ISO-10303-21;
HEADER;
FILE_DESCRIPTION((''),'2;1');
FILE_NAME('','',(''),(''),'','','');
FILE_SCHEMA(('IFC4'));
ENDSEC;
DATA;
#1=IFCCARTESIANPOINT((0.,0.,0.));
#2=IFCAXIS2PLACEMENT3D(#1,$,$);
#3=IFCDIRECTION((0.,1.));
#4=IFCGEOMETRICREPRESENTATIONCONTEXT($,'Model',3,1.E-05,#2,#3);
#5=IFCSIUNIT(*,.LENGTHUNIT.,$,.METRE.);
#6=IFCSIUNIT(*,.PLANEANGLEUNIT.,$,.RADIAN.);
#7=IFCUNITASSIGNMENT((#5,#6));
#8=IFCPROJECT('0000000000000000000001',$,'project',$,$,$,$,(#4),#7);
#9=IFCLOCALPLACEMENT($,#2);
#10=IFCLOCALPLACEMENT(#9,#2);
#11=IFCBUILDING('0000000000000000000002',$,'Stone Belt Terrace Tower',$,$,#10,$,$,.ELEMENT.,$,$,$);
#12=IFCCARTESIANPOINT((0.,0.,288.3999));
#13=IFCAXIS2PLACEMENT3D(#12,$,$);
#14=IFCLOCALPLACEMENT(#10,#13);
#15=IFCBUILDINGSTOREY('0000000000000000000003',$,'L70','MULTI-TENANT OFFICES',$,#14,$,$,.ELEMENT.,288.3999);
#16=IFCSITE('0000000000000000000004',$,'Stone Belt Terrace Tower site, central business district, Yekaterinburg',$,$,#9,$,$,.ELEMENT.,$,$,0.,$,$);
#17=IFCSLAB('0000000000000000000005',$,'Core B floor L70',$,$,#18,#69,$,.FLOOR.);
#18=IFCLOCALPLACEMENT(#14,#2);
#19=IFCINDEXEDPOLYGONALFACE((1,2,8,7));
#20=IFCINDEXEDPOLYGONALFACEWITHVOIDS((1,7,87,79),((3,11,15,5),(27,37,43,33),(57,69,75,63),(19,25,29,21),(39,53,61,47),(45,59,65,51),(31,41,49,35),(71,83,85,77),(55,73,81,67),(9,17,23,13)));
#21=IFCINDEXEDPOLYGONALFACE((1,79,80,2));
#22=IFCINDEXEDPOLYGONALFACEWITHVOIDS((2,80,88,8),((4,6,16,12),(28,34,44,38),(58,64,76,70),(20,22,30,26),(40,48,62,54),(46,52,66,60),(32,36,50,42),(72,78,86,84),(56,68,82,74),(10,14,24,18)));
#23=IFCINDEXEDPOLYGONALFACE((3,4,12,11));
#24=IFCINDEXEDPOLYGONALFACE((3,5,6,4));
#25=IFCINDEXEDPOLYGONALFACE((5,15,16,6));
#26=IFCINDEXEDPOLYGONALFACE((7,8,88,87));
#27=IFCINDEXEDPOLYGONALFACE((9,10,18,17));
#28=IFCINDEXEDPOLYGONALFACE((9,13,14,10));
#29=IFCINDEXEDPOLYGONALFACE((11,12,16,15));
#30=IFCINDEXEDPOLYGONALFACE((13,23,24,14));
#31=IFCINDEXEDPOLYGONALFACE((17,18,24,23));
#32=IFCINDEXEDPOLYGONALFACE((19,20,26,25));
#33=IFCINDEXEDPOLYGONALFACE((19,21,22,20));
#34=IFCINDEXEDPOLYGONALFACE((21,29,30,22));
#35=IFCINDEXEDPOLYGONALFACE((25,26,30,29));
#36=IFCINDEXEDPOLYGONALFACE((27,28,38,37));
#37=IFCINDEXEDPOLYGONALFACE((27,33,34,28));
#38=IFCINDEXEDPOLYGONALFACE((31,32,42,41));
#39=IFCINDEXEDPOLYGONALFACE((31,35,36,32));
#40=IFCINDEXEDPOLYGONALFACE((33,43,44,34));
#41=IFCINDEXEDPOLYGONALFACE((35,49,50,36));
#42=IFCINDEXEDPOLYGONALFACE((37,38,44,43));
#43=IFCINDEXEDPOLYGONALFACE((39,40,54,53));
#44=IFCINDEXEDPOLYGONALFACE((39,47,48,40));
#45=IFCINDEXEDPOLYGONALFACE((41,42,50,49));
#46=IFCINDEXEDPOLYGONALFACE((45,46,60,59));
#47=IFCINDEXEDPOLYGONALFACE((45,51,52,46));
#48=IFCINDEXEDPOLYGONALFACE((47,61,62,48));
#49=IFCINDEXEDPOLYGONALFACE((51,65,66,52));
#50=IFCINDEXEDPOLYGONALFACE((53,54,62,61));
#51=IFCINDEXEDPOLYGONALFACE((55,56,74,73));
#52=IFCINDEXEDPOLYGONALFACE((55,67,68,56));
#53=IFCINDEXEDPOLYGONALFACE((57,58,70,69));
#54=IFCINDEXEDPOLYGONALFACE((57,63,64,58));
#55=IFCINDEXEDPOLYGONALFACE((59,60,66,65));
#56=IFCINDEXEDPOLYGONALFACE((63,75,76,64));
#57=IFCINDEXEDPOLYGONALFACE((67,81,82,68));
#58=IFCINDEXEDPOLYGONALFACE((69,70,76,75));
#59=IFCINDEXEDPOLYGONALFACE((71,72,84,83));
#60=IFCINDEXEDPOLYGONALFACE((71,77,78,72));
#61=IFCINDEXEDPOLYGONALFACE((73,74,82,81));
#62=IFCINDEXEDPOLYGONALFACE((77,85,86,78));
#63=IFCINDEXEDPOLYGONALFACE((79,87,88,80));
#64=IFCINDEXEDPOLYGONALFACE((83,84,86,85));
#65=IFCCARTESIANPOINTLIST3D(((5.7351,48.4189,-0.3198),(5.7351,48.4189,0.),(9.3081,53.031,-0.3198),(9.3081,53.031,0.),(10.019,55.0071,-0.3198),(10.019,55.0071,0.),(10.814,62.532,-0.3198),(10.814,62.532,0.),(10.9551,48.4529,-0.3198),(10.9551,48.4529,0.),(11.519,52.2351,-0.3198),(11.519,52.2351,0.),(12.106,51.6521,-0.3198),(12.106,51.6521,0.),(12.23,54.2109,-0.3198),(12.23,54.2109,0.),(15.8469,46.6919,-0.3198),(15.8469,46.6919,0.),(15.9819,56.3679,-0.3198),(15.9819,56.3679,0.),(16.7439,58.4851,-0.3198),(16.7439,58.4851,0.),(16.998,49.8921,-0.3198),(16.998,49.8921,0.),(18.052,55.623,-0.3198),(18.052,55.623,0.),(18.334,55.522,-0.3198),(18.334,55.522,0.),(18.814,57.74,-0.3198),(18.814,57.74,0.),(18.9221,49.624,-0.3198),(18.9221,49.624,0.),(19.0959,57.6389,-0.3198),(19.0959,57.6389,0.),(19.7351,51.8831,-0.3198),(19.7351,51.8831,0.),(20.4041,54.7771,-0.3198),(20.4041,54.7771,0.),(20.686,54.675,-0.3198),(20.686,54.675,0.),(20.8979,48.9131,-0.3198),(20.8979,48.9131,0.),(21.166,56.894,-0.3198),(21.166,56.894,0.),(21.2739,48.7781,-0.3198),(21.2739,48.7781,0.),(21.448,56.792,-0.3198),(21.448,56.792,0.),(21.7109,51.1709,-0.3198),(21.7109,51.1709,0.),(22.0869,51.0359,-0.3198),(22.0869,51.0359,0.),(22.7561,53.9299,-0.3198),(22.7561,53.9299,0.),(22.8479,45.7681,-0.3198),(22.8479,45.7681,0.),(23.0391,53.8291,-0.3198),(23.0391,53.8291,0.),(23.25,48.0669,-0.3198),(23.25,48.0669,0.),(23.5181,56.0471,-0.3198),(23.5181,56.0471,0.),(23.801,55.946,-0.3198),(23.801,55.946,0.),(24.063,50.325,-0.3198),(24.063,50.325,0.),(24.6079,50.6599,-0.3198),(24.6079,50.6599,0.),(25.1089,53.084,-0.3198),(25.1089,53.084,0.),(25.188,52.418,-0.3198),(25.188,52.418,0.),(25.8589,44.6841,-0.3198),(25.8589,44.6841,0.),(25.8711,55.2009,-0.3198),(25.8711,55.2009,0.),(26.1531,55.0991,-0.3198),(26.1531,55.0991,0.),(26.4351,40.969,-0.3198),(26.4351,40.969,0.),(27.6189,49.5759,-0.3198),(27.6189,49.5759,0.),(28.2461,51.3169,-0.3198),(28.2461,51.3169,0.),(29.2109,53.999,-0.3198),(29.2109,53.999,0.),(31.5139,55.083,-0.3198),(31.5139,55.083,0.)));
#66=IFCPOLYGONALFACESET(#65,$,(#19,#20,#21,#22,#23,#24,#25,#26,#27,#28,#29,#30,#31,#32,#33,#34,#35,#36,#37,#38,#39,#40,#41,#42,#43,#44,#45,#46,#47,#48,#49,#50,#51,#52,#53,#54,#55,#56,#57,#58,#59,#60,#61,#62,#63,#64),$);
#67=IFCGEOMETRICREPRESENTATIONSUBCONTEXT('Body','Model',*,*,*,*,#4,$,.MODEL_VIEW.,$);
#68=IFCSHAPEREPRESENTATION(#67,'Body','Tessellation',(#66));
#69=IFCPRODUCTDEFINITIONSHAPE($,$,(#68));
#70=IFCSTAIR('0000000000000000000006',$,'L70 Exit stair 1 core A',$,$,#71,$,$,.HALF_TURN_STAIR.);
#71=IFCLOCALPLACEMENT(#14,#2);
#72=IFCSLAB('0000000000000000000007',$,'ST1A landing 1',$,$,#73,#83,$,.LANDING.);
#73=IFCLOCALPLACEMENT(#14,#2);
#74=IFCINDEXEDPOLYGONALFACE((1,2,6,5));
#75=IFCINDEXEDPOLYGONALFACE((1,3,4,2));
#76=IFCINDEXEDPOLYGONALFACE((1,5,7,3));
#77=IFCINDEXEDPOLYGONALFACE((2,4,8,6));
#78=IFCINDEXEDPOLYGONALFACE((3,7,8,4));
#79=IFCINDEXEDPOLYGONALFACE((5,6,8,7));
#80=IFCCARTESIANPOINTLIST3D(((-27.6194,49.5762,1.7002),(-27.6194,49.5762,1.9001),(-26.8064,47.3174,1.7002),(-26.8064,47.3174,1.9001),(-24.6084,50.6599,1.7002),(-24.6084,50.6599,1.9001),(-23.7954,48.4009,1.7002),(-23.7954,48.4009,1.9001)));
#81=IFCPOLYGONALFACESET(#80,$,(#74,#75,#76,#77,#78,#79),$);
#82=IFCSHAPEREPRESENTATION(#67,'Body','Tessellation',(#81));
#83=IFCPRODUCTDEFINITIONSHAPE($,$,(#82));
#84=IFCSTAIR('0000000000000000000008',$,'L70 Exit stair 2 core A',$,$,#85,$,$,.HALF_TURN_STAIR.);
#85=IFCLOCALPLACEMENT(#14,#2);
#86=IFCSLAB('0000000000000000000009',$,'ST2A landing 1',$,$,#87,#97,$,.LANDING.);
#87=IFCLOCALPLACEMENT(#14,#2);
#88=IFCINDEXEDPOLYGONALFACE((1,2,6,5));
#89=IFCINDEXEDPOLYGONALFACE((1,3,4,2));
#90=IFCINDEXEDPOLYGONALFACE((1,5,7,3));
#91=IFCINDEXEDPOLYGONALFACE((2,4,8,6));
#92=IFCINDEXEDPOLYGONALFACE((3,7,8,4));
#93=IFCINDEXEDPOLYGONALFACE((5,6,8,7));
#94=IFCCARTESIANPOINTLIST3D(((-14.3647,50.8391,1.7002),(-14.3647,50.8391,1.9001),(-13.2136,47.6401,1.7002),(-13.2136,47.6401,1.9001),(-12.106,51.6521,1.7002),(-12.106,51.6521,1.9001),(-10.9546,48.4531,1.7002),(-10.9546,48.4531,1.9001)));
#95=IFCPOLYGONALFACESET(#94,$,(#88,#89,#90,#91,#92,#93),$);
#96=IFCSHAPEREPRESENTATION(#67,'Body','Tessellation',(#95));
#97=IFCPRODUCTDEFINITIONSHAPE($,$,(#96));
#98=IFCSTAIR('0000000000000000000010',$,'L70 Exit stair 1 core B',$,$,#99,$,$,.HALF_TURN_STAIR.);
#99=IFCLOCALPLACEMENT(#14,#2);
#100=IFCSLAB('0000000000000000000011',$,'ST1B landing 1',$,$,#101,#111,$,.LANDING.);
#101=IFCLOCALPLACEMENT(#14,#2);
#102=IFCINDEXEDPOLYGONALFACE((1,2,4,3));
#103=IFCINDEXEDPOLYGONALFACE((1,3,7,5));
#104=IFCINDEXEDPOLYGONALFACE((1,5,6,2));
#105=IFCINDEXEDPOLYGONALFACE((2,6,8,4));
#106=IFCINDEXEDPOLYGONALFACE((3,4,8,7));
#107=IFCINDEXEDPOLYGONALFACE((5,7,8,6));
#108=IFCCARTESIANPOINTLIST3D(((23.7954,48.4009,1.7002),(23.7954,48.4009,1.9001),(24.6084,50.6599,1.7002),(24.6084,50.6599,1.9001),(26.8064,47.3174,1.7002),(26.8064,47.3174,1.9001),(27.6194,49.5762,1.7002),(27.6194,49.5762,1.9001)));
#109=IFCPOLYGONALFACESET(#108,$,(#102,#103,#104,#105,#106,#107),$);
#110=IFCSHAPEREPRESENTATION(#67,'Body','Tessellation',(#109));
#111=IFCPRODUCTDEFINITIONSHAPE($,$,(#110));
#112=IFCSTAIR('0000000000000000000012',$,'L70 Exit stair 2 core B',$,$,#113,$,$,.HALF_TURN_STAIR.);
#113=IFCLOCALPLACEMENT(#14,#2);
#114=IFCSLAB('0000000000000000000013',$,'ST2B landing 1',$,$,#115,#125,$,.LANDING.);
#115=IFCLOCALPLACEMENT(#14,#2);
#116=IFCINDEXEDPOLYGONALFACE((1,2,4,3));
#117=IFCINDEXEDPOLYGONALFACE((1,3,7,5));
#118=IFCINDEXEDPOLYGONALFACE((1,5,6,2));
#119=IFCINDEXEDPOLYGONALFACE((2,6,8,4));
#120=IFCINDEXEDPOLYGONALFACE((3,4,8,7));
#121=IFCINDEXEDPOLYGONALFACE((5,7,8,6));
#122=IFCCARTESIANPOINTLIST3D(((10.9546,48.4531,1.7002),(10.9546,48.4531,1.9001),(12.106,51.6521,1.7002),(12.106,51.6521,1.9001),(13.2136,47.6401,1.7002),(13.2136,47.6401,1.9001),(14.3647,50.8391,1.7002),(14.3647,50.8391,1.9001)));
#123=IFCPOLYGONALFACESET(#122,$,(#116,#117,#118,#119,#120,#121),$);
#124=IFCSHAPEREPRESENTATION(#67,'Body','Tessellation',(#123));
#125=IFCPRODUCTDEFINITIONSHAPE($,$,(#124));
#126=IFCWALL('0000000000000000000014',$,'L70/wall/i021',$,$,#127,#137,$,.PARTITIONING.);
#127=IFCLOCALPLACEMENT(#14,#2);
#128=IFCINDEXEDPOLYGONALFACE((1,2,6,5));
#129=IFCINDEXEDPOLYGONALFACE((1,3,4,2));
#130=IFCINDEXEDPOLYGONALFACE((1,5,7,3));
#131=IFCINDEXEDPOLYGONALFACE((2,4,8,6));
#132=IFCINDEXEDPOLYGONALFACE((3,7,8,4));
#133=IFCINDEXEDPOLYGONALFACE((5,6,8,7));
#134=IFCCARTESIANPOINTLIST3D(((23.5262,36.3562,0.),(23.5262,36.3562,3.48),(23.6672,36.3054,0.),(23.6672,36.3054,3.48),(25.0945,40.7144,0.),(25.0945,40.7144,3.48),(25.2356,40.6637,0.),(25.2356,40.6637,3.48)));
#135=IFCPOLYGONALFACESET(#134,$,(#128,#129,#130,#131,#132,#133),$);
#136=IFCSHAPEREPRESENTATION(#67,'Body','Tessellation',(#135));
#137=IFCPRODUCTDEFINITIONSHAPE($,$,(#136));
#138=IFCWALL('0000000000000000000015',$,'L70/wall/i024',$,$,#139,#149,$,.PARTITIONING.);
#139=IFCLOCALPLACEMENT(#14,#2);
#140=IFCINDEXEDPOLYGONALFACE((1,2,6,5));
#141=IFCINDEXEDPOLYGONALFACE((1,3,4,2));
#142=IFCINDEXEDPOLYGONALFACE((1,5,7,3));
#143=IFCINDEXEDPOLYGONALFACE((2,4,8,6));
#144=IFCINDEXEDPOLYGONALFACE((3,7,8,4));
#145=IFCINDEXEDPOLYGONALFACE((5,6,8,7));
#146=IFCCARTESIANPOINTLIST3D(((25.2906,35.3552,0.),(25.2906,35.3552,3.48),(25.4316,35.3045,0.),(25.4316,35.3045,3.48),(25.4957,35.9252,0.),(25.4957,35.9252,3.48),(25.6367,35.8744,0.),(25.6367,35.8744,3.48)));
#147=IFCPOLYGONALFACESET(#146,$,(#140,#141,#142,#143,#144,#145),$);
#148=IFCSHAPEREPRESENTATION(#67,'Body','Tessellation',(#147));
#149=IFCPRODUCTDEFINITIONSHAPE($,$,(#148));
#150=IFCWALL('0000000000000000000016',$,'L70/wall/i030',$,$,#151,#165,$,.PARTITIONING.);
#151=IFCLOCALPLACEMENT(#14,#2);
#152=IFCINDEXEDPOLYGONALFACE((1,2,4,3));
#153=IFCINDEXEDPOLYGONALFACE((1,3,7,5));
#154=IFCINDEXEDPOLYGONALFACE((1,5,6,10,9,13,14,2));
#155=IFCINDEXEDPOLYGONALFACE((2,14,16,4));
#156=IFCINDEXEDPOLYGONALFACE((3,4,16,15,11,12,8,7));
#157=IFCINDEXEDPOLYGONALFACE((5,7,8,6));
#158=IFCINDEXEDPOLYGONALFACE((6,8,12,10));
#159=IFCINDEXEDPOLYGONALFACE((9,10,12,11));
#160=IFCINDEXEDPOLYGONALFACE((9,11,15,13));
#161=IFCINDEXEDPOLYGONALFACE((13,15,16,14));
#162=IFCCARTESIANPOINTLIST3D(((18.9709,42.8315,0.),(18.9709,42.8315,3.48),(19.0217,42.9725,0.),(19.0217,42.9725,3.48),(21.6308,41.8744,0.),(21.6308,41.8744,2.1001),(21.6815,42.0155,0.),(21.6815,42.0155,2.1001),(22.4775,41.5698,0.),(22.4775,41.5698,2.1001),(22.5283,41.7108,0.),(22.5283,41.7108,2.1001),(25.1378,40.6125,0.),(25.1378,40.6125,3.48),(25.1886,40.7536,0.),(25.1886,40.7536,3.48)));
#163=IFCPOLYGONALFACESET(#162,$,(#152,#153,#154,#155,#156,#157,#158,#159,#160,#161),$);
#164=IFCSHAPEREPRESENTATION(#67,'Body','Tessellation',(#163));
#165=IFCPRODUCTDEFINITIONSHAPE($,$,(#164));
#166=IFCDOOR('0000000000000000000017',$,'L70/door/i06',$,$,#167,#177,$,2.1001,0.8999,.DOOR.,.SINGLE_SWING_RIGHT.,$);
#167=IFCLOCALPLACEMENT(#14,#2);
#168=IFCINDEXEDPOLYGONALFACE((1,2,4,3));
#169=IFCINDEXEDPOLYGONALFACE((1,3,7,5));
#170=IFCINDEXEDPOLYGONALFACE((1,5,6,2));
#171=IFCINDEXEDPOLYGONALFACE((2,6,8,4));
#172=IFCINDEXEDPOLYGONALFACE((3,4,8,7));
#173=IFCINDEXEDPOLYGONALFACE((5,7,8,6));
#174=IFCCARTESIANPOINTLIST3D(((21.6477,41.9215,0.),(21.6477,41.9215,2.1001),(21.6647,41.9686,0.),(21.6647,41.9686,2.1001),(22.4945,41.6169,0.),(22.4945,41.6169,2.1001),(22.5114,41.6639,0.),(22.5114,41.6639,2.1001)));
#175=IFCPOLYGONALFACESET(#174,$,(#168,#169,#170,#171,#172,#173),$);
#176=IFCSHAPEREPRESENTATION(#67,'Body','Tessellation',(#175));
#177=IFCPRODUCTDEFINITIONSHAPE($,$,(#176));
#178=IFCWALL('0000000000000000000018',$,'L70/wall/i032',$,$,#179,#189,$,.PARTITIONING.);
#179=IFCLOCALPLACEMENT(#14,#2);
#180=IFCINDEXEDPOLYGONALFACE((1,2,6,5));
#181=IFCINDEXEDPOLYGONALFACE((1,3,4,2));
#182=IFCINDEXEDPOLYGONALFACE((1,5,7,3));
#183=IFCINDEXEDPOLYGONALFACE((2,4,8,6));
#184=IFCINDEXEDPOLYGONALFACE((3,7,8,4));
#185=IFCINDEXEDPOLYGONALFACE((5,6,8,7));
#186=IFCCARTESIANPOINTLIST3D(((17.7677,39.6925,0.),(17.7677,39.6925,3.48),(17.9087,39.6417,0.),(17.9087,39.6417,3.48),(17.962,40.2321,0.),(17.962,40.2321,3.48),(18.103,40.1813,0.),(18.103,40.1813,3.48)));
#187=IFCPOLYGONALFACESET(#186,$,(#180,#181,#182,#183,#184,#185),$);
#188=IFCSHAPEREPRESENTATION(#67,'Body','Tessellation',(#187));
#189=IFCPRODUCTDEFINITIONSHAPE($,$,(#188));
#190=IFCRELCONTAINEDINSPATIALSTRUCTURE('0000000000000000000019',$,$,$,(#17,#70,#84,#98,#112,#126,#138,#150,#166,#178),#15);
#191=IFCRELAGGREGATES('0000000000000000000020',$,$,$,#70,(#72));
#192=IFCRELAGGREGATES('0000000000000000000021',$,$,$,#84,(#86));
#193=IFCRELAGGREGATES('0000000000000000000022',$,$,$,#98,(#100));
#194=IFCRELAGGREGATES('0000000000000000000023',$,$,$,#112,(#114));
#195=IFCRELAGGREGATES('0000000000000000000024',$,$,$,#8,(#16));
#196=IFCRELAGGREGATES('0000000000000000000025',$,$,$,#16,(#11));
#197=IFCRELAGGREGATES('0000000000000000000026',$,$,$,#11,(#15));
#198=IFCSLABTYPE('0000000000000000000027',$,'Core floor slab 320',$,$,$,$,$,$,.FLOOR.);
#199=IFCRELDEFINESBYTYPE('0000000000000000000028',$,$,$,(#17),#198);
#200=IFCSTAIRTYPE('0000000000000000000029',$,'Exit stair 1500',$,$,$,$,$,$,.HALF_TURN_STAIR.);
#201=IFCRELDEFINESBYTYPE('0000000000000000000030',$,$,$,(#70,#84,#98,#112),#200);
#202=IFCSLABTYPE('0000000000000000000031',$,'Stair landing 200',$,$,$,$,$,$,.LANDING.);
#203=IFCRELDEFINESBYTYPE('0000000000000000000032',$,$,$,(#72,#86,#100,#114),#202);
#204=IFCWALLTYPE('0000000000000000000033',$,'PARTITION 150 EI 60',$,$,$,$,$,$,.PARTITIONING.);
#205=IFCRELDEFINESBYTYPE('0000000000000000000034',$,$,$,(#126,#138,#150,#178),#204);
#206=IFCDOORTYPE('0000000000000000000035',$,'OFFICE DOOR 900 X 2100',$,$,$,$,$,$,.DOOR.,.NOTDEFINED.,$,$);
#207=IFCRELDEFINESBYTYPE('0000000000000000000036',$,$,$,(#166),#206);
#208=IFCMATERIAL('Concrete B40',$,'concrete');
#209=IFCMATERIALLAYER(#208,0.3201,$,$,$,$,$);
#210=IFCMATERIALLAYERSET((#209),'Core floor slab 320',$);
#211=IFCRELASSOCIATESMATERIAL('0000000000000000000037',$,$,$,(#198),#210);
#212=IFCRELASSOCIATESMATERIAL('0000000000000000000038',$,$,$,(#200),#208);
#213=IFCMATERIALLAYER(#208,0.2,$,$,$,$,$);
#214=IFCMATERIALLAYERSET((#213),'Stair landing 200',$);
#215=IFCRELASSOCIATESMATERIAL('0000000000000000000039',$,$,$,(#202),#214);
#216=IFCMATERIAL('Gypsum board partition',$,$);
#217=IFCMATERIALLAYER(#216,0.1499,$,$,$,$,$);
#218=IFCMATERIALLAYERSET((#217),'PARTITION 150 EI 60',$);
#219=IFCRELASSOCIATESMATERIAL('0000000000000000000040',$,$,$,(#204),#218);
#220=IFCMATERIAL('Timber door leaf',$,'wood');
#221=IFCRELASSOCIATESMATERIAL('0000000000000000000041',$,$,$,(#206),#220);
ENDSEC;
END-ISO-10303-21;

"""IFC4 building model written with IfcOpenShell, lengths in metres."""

from ifc_helpers import new_model, si_unit, direction, frame, frame_2d, origin, place, context, subcontext, project, spatial, polyline, rectangle, outline, extrude, material, layer, layer_set, type_object, element, fill, aggregate, save


model = new_model("IFC4")

# Units and contexts
model_context = context("Model", 3, precision=1e-05, world=origin(), true_north=direction((0.0, 1.0)))
body_context = subcontext(model_context, "Body", "Model", "MODEL_VIEW")
ifc_project = project(units=[si_unit("LENGTHUNIT", "METRE"), si_unit("PLANEANGLEUNIT", "RADIAN")], contexts=[model_context])

# Site, building, storey
site_placement = place(None, origin())
site = spatial("IfcSite", under=ifc_project, at=site_placement, Name="Stone Belt Terrace Tower site, central business district, Yekaterinburg", CompositionType="ELEMENT", RefElevation=0.0)
building_placement = place(site_placement, origin())
building = spatial("IfcBuilding", under=site, at=building_placement, Name="Stone Belt Terrace Tower", CompositionType="ELEMENT")
storey_placement = place(building_placement, frame((0.0, 0.0, 288.3999)))
storey = spatial("IfcBuildingStorey", under=building, at=storey_placement, Name="L70", Description="MULTI-TENANT OFFICES", CompositionType="ELEMENT", Elevation=288.3999)

# Slab
ifc_material_1 = material(Name="Concrete B40", Category="concrete")
ifc_layer_1 = layer(ifc_material_1, 0.3201)
ifc_layer_set_1 = layer_set([ifc_layer_1], Name="Core floor slab 320")
slab_type_1 = type_object("IfcSlabType", Name="Core floor slab 320", PredefinedType="FLOOR", material=ifc_layer_set_1)
slab_1_placement = place(storey_placement, frame((0.0, 0.0, -0.3198)))
element("IfcSlab", 1, at=slab_1_placement, inside=storey, type_object=slab_type_1, Name="Core B floor L70", PredefinedType="FLOOR", context=body_context, shape_type="SweptSolid", body=[
    extrude(outline(polyline([(26.4351, 40.969), (31.5139, 55.083), (10.814, 62.532), (5.7351, 48.4189), (26.4351, 40.969)]), holes=[polyline([(27.6189, 49.5759), (25.8589, 44.6841), (22.8479, 45.7681), (24.6079, 50.6599), (27.6189, 49.5759)]), polyline([(12.106, 51.6521), (16.998, 49.8921), (15.8469, 46.6919), (10.9551, 48.4529), (12.106, 51.6521)]), polyline([(23.25, 48.0669), (21.2739, 48.7781), (22.0869, 51.0359), (24.063, 50.325), (23.25, 48.0669)]), polyline([(18.9221, 49.624), (19.7351, 51.8831), (21.7109, 51.1709), (20.8979, 48.9131), (18.9221, 49.624)]), polyline([(29.2109, 53.999), (28.2461, 51.3169), (25.188, 52.418), (26.1531, 55.0991), (29.2109, 53.999)]), polyline([(11.519, 52.2351), (9.3081, 53.031), (10.019, 55.0071), (12.23, 54.2109), (11.519, 52.2351)]), polyline([(23.0391, 53.8291), (23.801, 55.946), (25.8711, 55.2009), (25.1089, 53.084), (23.0391, 53.8291)]), polyline([(20.686, 54.675), (21.448, 56.792), (23.5181, 56.0471), (22.7561, 53.9299), (20.686, 54.675)]), polyline([(19.0959, 57.6389), (21.166, 56.894), (20.4041, 54.7771), (18.334, 55.522), (19.0959, 57.6389)]), polyline([(16.7439, 58.4851), (18.814, 57.74), (18.052, 55.623), (15.9819, 56.3679), (16.7439, 58.4851)])]), origin(), (0.0, 0.0, 1.0), 0.3198),
])

# Stairs, slabs
stair_type = type_object("IfcStairType", Name="Exit stair 1500", PredefinedType="HALF_TURN_STAIR", material=ifc_material_1)
stair_1_placement = place(storey_placement, origin())
stair_1 = element("IfcStair", 2, at=stair_1_placement, inside=storey, type_object=stair_type, Name="L70 Exit stair 1 core A", PredefinedType="HALF_TURN_STAIR")
ifc_layer_2 = layer(ifc_material_1, 0.2)
ifc_layer_set_2 = layer_set([ifc_layer_2], Name="Stair landing 200")
slab_type_2 = type_object("IfcSlabType", Name="Stair landing 200", PredefinedType="LANDING", material=ifc_layer_set_2)
slab_2_placement = place(storey_placement, frame((0.0, 0.0, 1.7002)))
slab_2 = element("IfcSlab", 3, at=slab_2_placement, type_object=slab_type_2, Name="ST1A landing 1", PredefinedType="LANDING", context=body_context, shape_type="SweptSolid", body=[
    extrude(outline(polyline([(-23.7954, 48.4009), (-24.6084, 50.6599), (-27.6194, 49.5762), (-26.8064, 47.3174), (-23.7954, 48.4009)])), origin(), (0.0, 0.0, 1.0), 0.2),
])
aggregate(stair_1, [slab_2])
stair_2_placement = place(storey_placement, origin())
stair_2 = element("IfcStair", 4, at=stair_2_placement, inside=storey, type_object=stair_type, Name="L70 Exit stair 2 core A", PredefinedType="HALF_TURN_STAIR")
slab_3_placement = place(storey_placement, frame((0.0, 0.0, 1.7002)))
slab_3 = element("IfcSlab", 5, at=slab_3_placement, type_object=slab_type_2, Name="ST2A landing 1", PredefinedType="LANDING", context=body_context, shape_type="SweptSolid", body=[
    extrude(outline(polyline([(-13.2136, 47.6401), (-10.9546, 48.4531), (-12.106, 51.6521), (-14.3647, 50.8391), (-13.2136, 47.6401)])), origin(), (0.0, 0.0, 1.0), 0.2),
])
aggregate(stair_2, [slab_3])
stair_3_placement = place(storey_placement, origin())
stair_3 = element("IfcStair", 6, at=stair_3_placement, inside=storey, type_object=stair_type, Name="L70 Exit stair 1 core B", PredefinedType="HALF_TURN_STAIR")
slab_4_placement = place(storey_placement, frame((0.0, 0.0, 1.7002)))
slab_4 = element("IfcSlab", 7, at=slab_4_placement, type_object=slab_type_2, Name="ST1B landing 1", PredefinedType="LANDING", context=body_context, shape_type="SweptSolid", body=[
    extrude(outline(polyline([(26.8064, 47.3174), (27.6194, 49.5762), (24.6084, 50.6599), (23.7954, 48.4009), (26.8064, 47.3174)])), origin(), (0.0, 0.0, 1.0), 0.2),
])
aggregate(stair_3, [slab_4])
stair_4_placement = place(storey_placement, origin())
stair_4 = element("IfcStair", 8, at=stair_4_placement, inside=storey, type_object=stair_type, Name="L70 Exit stair 2 core B", PredefinedType="HALF_TURN_STAIR")
slab_5_placement = place(storey_placement, frame((0.0, 0.0, 1.7002)))
slab_5 = element("IfcSlab", 9, at=slab_5_placement, type_object=slab_type_2, Name="ST2B landing 1", PredefinedType="LANDING", context=body_context, shape_type="SweptSolid", body=[
    extrude(outline(polyline([(14.3647, 50.8391), (12.106, 51.6521), (10.9546, 48.4531), (13.2136, 47.6401), (14.3647, 50.8391)])), origin(), (0.0, 0.0, 1.0), 0.2),
])
aggregate(stair_4, [slab_5])

# Walls
ifc_material_2 = material(Name="Gypsum board partition")
ifc_layer_3 = layer(ifc_material_2, 0.1499)
ifc_layer_set_3 = layer_set([ifc_layer_3], Name="PARTITION 150 EI 60")
wall_type = type_object("IfcWallType", Name="PARTITION 150 EI 60", PredefinedType="PARTITIONING", material=ifc_layer_set_3)
wall_1_placement = place(storey_placement, frame((23.5967, 36.3308, 0.0), z_axis=(0.0, 0.0, 1.0), x_axis=(0.338609, 0.940927, 0.0)))
element("IfcWall", 10, at=wall_1_placement, inside=storey, type_object=wall_type, Name="L70/wall/i021", PredefinedType="PARTITIONING", context=body_context, shape_type="SweptSolid", body=[
    extrude(rectangle(XDim=4.6318, YDim=0.1499, at=frame_2d((2.3159, 0.0))), origin(), (0.0, 0.0, 1.0), 3.48),
])
wall_2_placement = place(storey_placement, frame((25.5662, 35.8997, 0.0), z_axis=(0.0, 0.0, 1.0), x_axis=(-0.338634, -0.940918, 0.0)))
element("IfcWall", 11, at=wall_2_placement, inside=storey, type_object=wall_type, Name="L70/wall/i024", PredefinedType="PARTITIONING", context=body_context, shape_type="SweptSolid", body=[
    extrude(rectangle(XDim=0.6057, YDim=0.1499, at=frame_2d((0.3027, 0.0))), origin(), (0.0, 0.0, 1.0), 3.48),
])

# Wall, opening, door
wall_3_placement = place(storey_placement, frame((25.1631, 40.6831, 0.0), z_axis=(0.0, 0.0, 1.0), x_axis=(-0.940942, 0.338568, 0.0)))
wall_3 = element("IfcWall", 12, at=wall_3_placement, inside=storey, type_object=wall_type, Name="L70/wall/i030", PredefinedType="PARTITIONING", context=body_context, shape_type="SweptSolid", body=[
    extrude(rectangle(XDim=6.554, YDim=0.1499, at=frame_2d((3.2769, 0.0))), origin(), (0.0, 0.0, 1.0), 3.48),
])
opening_placement = place(wall_3_placement, frame((2.8271, 0.0, 0.0)))
opening = element("IfcOpeningElement", 13, at=opening_placement, cuts=wall_3, PredefinedType="OPENING", context=body_context, shape_type="SweptSolid", body=[
    extrude(rectangle(XDim=0.8999, YDim=2.1001, at=frame_2d((0.45, 1.05))), frame((0.0, 0.085, 0.0), z_axis=(0.0, -1.0, 0.0), x_axis=(1.0, 0.0, 0.0)), (0.0, 0.0, 1.0), 0.1699),
])
ifc_material_3 = material(Name="Timber door leaf", Category="wood")
door_type = type_object("IfcDoorType", Name="OFFICE DOOR 900 X 2100", OperationType="NOTDEFINED", PredefinedType="DOOR", material=ifc_material_3)
door_placement = place(opening_placement, origin())
door = element("IfcDoor", 14, at=door_placement, inside=storey, type_object=door_type, Name="L70/door/i06", OperationType="SINGLE_SWING_RIGHT", OverallHeight=2.1001, OverallWidth=0.8999, PredefinedType="DOOR", context=body_context, shape_type="SweptSolid", body=[
    extrude(rectangle(XDim=0.8999, YDim=2.1001, at=frame_2d((0.45, 1.05))), frame((0.0, 0.0249, 0.0), z_axis=(0.0, -1.0, 0.0), x_axis=(1.0, 0.0, 0.0)), (0.0, 0.0, 1.0), 0.05),
])
fill(opening, door)

# Wall
wall_4_placement = place(storey_placement, frame((18.0325, 40.2065, 0.0), z_axis=(0.0, 0.0, 1.0), x_axis=(-0.33887, -0.940833, 0.0)))
element("IfcWall", 15, at=wall_4_placement, inside=storey, type_object=wall_type, Name="L70/wall/i032", PredefinedType="PARTITIONING", context=body_context, shape_type="SweptSolid", body=[
    extrude(rectangle(XDim=0.5735, YDim=0.1499, at=frame_2d((0.2866, 0.0))), origin(), (0.0, 0.0, 1.0), 3.48),
])

save(model, "model.ifc")
